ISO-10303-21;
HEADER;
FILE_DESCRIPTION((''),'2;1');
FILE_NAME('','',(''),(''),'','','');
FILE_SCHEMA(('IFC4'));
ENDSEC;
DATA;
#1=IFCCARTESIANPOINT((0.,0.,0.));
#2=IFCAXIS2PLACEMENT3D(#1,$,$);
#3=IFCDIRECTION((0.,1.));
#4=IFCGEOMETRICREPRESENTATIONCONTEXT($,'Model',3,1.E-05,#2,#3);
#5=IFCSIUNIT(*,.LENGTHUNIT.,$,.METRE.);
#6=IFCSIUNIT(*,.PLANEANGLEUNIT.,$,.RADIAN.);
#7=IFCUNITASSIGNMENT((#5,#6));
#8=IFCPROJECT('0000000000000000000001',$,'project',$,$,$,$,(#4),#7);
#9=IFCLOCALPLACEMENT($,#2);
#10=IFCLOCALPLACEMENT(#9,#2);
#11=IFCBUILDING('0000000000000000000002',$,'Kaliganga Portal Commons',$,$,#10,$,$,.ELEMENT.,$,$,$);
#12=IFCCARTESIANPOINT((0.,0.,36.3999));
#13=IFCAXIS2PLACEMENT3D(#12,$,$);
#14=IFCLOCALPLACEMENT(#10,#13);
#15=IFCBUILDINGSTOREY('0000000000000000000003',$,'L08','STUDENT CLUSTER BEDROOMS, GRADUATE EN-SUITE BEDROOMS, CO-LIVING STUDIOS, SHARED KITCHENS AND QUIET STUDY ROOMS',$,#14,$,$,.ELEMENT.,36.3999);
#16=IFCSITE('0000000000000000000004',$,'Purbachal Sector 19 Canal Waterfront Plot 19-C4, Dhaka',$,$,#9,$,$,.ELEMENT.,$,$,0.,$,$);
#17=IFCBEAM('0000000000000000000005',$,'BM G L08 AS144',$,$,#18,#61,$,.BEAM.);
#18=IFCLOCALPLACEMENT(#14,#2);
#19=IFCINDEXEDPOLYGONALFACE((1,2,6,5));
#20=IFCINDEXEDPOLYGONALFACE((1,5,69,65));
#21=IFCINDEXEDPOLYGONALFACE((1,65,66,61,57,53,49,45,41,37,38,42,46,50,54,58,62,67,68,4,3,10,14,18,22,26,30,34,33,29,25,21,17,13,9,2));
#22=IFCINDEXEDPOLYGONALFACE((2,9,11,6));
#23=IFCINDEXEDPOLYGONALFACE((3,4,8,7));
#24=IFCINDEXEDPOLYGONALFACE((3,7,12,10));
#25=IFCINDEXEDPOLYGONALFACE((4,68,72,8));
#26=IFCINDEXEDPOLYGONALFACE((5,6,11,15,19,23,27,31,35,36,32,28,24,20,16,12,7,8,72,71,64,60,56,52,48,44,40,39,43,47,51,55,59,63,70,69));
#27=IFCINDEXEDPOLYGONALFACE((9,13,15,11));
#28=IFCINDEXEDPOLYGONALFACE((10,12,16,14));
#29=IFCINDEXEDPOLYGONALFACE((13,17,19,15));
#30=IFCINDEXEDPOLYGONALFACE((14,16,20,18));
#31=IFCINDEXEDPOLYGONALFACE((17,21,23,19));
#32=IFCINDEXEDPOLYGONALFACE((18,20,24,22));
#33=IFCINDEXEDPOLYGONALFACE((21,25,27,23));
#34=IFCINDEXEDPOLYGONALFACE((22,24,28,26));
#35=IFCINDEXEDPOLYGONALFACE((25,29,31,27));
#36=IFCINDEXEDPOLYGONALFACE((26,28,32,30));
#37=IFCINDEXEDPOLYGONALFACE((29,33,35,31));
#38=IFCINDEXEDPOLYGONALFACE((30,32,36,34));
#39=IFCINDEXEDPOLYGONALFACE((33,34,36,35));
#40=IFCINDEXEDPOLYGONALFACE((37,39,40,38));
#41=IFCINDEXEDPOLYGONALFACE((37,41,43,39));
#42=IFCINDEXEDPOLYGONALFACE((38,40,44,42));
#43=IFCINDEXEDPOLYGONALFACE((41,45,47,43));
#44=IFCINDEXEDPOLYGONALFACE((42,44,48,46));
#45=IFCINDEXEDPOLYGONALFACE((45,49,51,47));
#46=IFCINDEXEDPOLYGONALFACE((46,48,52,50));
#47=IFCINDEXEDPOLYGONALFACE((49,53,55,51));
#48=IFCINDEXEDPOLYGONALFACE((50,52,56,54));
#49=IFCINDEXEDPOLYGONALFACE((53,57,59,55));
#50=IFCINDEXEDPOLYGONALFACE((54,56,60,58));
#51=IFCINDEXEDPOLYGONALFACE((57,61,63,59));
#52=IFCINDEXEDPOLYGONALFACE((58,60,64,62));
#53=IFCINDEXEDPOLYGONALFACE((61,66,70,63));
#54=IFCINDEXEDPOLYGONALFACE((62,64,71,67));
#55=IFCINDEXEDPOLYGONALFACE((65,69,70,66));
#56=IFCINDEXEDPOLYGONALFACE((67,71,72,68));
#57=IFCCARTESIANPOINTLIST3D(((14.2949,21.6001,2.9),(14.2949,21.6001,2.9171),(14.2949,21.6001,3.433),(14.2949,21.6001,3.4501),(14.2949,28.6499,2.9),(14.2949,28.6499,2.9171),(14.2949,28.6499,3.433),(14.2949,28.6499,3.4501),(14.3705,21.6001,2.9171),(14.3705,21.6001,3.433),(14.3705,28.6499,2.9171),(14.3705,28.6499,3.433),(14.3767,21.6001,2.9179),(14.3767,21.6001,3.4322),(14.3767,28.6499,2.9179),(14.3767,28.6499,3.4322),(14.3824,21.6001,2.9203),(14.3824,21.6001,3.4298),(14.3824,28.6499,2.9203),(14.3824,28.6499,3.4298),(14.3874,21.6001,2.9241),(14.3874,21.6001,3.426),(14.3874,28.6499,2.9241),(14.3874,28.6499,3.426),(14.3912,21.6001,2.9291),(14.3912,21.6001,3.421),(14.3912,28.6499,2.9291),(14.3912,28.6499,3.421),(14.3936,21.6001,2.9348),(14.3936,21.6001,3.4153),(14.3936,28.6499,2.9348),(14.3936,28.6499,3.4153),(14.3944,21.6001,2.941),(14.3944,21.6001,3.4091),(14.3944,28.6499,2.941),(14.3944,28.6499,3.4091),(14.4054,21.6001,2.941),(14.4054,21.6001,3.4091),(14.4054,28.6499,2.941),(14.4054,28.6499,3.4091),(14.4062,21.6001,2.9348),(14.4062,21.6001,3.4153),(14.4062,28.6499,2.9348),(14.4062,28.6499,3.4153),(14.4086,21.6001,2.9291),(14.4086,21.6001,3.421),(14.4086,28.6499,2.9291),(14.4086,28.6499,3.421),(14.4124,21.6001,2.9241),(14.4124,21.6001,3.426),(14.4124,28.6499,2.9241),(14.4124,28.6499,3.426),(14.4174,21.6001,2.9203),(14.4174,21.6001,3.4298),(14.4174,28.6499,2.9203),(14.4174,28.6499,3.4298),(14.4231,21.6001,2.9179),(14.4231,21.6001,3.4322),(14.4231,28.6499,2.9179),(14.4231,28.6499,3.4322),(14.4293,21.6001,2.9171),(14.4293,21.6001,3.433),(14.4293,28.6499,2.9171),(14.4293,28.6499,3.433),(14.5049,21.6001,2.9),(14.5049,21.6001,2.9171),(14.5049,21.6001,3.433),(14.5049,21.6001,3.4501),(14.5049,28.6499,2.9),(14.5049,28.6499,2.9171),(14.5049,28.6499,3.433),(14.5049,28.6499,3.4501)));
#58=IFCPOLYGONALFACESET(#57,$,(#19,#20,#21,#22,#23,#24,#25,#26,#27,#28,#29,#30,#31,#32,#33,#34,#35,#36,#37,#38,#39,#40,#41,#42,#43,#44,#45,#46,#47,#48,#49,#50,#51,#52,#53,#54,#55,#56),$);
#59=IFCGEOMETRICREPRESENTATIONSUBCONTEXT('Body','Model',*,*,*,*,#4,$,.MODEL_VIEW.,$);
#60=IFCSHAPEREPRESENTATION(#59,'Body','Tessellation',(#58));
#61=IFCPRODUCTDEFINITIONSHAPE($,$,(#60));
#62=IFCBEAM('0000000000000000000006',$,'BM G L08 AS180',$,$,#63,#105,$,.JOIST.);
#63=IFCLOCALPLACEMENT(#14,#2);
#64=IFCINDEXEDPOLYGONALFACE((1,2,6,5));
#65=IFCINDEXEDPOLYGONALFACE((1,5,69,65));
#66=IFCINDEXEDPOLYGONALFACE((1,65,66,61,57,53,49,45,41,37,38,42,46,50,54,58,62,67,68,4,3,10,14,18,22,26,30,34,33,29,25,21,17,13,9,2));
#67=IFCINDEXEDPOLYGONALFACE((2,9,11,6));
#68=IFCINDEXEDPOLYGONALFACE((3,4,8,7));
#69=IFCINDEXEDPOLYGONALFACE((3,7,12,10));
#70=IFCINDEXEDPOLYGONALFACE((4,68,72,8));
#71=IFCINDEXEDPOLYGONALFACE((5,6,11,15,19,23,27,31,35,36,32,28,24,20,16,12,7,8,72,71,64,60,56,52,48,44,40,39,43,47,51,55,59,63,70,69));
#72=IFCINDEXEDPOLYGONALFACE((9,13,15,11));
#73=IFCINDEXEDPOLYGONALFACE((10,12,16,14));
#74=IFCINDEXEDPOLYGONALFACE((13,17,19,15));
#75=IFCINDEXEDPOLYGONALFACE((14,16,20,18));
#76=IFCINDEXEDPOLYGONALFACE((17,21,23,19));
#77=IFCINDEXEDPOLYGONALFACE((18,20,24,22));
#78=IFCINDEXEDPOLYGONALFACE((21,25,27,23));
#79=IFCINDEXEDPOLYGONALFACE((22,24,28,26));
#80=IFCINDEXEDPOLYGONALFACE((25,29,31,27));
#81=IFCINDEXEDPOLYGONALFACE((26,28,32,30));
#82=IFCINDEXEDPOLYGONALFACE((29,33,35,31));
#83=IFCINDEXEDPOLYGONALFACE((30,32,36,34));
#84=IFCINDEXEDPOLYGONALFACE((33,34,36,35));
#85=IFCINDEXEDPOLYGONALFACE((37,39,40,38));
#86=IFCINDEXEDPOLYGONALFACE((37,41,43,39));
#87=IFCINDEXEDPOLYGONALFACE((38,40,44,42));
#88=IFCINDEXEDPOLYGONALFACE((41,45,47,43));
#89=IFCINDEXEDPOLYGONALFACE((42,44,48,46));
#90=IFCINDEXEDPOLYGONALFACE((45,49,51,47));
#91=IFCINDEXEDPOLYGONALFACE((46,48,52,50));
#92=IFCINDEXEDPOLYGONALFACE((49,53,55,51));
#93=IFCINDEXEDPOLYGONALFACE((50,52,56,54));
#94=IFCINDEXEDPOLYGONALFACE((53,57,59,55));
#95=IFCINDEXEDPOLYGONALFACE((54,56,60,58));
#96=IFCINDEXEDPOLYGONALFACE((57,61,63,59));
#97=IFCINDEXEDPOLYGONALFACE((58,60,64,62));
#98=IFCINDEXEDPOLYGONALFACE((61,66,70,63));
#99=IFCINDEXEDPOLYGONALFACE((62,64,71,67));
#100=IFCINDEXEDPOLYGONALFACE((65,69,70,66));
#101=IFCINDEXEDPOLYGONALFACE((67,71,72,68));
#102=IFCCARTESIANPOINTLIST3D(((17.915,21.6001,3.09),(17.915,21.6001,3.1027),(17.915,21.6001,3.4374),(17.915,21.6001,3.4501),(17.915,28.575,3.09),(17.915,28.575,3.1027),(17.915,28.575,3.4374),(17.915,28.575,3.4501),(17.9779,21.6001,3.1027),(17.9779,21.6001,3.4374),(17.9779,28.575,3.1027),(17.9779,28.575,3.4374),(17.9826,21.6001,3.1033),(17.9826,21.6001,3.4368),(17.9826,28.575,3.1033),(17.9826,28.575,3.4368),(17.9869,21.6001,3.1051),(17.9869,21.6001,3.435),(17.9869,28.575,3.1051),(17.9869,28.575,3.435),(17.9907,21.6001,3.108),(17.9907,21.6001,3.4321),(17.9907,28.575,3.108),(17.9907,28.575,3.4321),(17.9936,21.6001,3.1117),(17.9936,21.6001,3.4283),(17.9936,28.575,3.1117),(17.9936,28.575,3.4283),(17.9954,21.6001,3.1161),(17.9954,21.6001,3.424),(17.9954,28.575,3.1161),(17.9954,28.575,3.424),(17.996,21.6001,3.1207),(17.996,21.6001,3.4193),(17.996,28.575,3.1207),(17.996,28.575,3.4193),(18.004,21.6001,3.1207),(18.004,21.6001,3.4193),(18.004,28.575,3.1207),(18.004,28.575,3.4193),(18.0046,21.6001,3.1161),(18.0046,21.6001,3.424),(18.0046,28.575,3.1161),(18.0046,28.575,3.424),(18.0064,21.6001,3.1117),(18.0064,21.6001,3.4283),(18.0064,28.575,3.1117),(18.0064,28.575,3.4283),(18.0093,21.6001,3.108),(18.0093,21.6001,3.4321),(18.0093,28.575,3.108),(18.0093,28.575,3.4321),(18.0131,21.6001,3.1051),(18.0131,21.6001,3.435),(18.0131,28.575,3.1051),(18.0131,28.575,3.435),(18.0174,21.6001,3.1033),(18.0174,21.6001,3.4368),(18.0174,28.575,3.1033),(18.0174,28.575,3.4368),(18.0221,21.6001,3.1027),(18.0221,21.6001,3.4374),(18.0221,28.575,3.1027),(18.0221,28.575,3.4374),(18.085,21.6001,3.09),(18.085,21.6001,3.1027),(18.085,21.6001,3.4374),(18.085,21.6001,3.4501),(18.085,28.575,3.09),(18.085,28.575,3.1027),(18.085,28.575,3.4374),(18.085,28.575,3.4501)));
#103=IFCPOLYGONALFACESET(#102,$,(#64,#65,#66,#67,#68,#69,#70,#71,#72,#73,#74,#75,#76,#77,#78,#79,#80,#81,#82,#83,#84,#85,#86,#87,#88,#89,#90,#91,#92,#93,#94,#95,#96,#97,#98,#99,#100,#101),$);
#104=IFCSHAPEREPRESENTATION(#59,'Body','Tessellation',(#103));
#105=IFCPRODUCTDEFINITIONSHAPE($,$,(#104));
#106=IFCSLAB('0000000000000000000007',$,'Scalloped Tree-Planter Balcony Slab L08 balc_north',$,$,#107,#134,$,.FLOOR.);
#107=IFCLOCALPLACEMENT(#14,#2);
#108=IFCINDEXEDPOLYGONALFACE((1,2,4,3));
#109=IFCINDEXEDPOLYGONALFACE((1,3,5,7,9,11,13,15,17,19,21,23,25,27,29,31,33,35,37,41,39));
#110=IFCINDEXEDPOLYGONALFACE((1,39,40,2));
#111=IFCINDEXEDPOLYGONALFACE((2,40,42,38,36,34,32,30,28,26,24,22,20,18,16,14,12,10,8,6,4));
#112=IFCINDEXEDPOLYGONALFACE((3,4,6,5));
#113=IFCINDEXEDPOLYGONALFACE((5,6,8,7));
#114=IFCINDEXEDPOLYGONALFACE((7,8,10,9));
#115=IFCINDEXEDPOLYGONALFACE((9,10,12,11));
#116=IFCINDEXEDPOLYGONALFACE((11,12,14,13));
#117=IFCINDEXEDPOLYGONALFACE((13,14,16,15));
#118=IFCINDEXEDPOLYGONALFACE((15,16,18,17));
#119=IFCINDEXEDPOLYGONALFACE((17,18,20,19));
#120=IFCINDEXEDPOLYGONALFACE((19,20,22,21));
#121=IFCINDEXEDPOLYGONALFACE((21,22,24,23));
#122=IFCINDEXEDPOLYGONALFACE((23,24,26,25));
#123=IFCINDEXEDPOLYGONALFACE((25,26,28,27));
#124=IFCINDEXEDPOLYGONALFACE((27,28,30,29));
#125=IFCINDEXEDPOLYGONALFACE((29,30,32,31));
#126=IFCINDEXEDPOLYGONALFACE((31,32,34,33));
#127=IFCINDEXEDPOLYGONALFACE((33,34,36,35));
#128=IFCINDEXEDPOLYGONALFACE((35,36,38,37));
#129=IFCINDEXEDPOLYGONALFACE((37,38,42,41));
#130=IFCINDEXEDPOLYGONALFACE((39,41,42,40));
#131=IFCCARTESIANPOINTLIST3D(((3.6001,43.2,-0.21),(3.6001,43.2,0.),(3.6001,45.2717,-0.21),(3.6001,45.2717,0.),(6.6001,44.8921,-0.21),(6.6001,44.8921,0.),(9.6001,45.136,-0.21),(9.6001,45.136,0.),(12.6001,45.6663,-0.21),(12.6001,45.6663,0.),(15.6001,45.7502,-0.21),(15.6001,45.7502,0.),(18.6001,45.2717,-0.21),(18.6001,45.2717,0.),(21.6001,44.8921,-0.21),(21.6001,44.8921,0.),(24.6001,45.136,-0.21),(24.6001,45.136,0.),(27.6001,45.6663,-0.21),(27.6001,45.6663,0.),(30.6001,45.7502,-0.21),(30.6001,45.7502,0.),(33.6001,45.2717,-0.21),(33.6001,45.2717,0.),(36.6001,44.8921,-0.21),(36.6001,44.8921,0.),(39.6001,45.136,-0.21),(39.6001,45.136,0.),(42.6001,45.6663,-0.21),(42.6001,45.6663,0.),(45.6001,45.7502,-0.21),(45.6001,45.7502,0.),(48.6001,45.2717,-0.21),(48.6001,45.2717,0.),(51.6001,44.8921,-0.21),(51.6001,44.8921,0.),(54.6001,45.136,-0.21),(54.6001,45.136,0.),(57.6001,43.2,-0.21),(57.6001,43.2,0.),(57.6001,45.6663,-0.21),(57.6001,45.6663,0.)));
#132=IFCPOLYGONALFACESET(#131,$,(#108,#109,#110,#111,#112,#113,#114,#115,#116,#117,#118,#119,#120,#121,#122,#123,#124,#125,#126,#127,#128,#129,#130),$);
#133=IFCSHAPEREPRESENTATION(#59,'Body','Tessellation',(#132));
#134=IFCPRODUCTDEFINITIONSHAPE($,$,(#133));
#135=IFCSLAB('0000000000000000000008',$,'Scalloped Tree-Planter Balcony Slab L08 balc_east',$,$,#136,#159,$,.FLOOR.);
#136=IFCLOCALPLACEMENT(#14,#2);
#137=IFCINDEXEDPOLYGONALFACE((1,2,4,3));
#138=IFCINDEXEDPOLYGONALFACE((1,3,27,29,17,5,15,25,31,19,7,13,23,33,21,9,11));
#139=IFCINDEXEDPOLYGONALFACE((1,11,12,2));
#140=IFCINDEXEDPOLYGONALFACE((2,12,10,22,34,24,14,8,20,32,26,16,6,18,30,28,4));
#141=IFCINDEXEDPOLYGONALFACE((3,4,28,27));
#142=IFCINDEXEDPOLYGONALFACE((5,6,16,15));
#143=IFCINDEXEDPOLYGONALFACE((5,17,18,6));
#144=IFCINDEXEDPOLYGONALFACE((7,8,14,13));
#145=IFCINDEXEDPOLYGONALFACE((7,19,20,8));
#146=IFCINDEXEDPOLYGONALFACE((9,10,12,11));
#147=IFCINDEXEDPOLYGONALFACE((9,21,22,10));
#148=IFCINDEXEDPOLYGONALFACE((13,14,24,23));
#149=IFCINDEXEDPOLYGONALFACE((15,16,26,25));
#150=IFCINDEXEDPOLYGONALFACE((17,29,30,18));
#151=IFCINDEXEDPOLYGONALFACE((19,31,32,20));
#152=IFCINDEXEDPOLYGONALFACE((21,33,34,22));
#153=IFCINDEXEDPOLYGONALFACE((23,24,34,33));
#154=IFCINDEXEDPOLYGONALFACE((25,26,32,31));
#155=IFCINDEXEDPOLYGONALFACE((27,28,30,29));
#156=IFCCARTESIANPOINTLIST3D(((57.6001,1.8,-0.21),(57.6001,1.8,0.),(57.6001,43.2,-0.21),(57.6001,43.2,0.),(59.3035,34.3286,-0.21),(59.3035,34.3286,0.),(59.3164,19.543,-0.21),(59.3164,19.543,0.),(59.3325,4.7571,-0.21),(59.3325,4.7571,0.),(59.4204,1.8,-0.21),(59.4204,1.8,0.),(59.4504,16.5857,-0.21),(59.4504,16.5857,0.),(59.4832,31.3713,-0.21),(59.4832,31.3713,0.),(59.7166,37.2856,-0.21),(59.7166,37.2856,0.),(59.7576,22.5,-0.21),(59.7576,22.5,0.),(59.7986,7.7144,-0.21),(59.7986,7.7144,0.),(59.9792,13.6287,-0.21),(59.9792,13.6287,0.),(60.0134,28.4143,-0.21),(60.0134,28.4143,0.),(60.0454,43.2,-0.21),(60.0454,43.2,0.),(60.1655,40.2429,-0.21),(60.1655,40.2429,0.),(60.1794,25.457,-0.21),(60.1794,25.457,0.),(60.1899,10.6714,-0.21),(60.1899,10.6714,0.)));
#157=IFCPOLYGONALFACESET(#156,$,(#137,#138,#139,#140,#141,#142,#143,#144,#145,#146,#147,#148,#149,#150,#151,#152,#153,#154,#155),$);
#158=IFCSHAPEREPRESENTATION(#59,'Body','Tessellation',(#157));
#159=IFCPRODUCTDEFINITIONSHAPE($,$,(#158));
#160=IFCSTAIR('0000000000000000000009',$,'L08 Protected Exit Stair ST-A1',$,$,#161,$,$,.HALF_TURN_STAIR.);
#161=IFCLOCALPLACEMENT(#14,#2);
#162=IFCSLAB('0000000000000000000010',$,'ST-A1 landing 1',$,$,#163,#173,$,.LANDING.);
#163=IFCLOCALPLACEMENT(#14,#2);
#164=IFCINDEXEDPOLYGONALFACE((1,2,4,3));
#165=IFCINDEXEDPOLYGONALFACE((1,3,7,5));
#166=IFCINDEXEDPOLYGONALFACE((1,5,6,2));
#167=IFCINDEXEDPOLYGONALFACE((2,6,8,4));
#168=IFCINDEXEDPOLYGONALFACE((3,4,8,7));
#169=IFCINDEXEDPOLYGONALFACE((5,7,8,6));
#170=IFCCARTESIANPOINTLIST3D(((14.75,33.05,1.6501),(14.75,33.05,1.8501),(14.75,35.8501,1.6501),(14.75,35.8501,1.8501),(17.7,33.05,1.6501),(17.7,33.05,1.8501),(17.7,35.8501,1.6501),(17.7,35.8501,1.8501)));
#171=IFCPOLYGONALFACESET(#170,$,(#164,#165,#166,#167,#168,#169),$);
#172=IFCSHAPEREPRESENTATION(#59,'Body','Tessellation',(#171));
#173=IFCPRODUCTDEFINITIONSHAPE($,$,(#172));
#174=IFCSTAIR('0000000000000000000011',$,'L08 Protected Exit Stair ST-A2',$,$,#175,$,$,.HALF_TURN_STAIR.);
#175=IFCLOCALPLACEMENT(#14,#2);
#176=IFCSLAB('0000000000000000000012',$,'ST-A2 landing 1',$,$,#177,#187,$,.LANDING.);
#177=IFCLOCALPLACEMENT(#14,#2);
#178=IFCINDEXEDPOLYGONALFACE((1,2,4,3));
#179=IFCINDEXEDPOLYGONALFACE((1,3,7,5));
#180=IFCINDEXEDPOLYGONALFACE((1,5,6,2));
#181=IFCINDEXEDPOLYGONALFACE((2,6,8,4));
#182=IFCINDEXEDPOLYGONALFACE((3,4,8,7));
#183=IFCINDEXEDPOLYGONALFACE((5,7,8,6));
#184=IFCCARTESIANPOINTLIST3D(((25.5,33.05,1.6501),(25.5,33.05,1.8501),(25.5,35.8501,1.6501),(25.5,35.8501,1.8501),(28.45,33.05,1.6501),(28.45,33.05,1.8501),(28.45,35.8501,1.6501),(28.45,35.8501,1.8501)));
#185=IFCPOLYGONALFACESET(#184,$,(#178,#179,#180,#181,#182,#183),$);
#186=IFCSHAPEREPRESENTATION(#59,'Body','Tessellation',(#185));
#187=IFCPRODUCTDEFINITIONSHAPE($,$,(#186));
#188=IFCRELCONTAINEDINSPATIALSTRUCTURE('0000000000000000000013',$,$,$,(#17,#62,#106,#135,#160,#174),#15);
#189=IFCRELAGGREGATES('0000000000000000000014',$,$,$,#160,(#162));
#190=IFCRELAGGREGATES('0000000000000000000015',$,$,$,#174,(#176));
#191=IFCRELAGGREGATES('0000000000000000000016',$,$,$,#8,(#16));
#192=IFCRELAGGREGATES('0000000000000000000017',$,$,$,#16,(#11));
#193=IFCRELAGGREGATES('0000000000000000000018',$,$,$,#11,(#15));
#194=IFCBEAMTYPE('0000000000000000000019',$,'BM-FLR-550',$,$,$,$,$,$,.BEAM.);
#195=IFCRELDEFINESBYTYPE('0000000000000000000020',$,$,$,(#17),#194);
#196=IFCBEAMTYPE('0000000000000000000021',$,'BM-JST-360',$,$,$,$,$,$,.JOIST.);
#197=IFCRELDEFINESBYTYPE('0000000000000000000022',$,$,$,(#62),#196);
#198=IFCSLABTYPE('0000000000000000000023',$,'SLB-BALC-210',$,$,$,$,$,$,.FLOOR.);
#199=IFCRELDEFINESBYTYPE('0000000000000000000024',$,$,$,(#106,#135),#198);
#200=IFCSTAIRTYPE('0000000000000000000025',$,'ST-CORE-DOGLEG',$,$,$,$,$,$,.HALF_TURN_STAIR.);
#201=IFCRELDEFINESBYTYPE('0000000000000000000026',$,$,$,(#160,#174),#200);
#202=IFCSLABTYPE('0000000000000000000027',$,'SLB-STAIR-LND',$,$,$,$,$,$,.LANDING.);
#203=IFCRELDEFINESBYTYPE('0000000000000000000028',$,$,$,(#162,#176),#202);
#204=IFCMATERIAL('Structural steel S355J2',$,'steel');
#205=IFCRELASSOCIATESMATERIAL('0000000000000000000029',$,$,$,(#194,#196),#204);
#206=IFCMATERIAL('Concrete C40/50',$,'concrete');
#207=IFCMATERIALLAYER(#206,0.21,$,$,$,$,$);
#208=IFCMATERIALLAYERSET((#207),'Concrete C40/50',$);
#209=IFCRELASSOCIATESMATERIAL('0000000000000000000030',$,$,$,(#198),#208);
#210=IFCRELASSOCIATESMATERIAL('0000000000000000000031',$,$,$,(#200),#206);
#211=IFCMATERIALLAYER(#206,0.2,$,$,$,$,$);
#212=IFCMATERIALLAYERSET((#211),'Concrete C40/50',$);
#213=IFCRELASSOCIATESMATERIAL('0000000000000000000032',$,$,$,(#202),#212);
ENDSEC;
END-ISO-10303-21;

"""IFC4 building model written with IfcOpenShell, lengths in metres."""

from ifc_helpers import new_model, si_unit, direction, frame, origin, origin_2d, place, context, subcontext, project, spatial, polyline, i_section, outline, extrude, source, transform, mapped, material, layer, layer_set, material_profile, profile_set, type_object, element, aggregate, save


model = new_model("IFC4")

# Units and contexts
model_context = context("Model", 3, precision=1e-05, world=origin(), true_north=direction((0.0, 1.0)))
body_context = subcontext(model_context, "Body", "Model", "MODEL_VIEW")
ifc_project = project(units=[si_unit("LENGTHUNIT", "METRE"), si_unit("PLANEANGLEUNIT", "RADIAN")], contexts=[model_context])

# Site, building, storey
site_placement = place(None, origin())
site = spatial("IfcSite", under=ifc_project, at=site_placement, Name="Purbachal Sector 19 Canal Waterfront Plot 19-C4, Dhaka", CompositionType="ELEMENT", RefElevation=0.0)
building_placement = place(site_placement, origin())
building = spatial("IfcBuilding", under=site, at=building_placement, Name="Kaliganga Portal Commons", CompositionType="ELEMENT")
storey_placement = place(building_placement, frame((0.0, 0.0, 36.3999)))
storey = spatial("IfcBuildingStorey", under=building, at=storey_placement, Name="L08", Description="STUDENT CLUSTER BEDROOMS, GRADUATE EN-SUITE BEDROOMS, CO-LIVING STUDIOS, SHARED KITCHENS AND QUIET STUDY ROOMS", CompositionType="ELEMENT", Elevation=36.3999)

# Beams
ifc_material_1 = material(Name="Structural steel S355J2", Category="steel")
ifc_material_profile_1 = material_profile(ifc_material_1, i_section(OverallWidth=0.21, OverallDepth=0.55, WebThickness=0.011, FlangeThickness=0.0171, FilletRadius=0.0239, at=origin_2d()), Name="IPE 550")
ifc_profile_set_1 = profile_set([ifc_material_profile_1], Name="Structural steel S355J2 wide-flange")
beam_type_1 = type_object("IfcBeamType", Name="BM-FLR-550", PredefinedType="BEAM", material=ifc_profile_set_1)
shared_shape_1 = source(origin(), body_context, "Body", "SweptSolid", [
    extrude(i_section(OverallWidth=0.21, OverallDepth=0.55, WebThickness=0.011, FlangeThickness=0.0171, FilletRadius=0.0239, at=origin_2d()), origin(), (0.0, 0.0, 1.0), 7.0498),
])
beam_1_placement = place(storey_placement, frame((14.3999, 21.6001, 3.175), z_axis=(0.0, 1.0, 0.0), x_axis=(-1.0, 0.0, 0.0)))
element("IfcBeam", 1, at=beam_1_placement, inside=storey, type_object=beam_type_1, Name="BM G L08 AS144", PredefinedType="BEAM", context=body_context, shape_type="MappedRepresentation", body=[
    mapped(shared_shape_1, transform((0.0, 0.0, 0.0), x_axis=(1.0, 0.0, 0.0), y_axis=(0.0, 1.0, 0.0), z_axis=(0.0, 0.0, 1.0), scale=1.0)),
])
ifc_material_profile_2 = material_profile(ifc_material_1, i_section(OverallWidth=0.1699, OverallDepth=0.3601, WebThickness=0.0081, FlangeThickness=0.0127, FilletRadius=0.0181, at=origin_2d()), Name="IPE 360")
ifc_profile_set_2 = profile_set([ifc_material_profile_2], Name="Structural steel S355J2 wide-flange")
beam_type_2 = type_object("IfcBeamType", Name="BM-JST-360", PredefinedType="JOIST", material=ifc_profile_set_2)
shared_shape_2 = source(origin(), body_context, "Body", "SweptSolid", [
    extrude(i_section(OverallWidth=0.1699, OverallDepth=0.3601, WebThickness=0.0081, FlangeThickness=0.0127, FilletRadius=0.0181, at=origin_2d()), origin(), (0.0, 0.0, 1.0), 6.9749),
])
beam_2_placement = place(storey_placement, frame((18.0, 21.6001, 3.27), z_axis=(0.0, 1.0, 0.0), x_axis=(-1.0, 0.0, 0.0)))
element("IfcBeam", 2, at=beam_2_placement, inside=storey, type_object=beam_type_2, Name="BM G L08 AS180", PredefinedType="JOIST", context=body_context, shape_type="MappedRepresentation", body=[
    mapped(shared_shape_2, transform((0.0, 0.0, 0.0), x_axis=(1.0, 0.0, 0.0), y_axis=(0.0, 1.0, 0.0), z_axis=(0.0, 0.0, 1.0), scale=1.0)),
])

# Slabs
ifc_material_2 = material(Name="Concrete C40/50", Category="concrete")
ifc_layer_1 = layer(ifc_material_2, 0.21)
ifc_layer_set_1 = layer_set([ifc_layer_1], Name="Concrete C40/50")
slab_type_1 = type_object("IfcSlabType", Name="SLB-BALC-210", PredefinedType="FLOOR", material=ifc_layer_set_1)
slab_1_placement = place(storey_placement, frame((0.0, 0.0, -0.21)))
element("IfcSlab", 3, at=slab_1_placement, inside=storey, type_object=slab_type_1, Name="Scalloped Tree-Planter Balcony Slab L08 balc_north", PredefinedType="FLOOR", context=body_context, shape_type="SweptSolid", body=[
    extrude(outline(polyline([(57.6001, 43.2), (57.6001, 45.6663), (54.6001, 45.136), (51.6001, 44.8921), (48.6001, 45.2717), (45.6001, 45.7502), (42.6001, 45.6663), (39.6001, 45.136), (36.6001, 44.8921), (33.6001, 45.2717), (30.6001, 45.7502), (27.6001, 45.6663), (24.6001, 45.136), (21.6001, 44.8921), (18.6001, 45.2717), (15.6001, 45.7502), (12.6001, 45.6663), (9.6001, 45.136), (6.6001, 44.8921), (3.6001, 45.2717), (3.6001, 43.2), (57.6001, 43.2)])), origin(), (0.0, 0.0, 1.0), 0.21),
])
slab_2_placement = place(storey_placement, frame((0.0, 0.0, -0.21)))
element("IfcSlab", 4, at=slab_2_placement, inside=storey, type_object=slab_type_1, Name="Scalloped Tree-Planter Balcony Slab L08 balc_east", PredefinedType="FLOOR", context=body_context, shape_type="SweptSolid", body=[
    extrude(outline(polyline([(57.6001, 1.8), (59.4204, 1.8), (59.3325, 4.7571), (59.7986, 7.7144), (60.1899, 10.6714), (59.9792, 13.6287), (59.4504, 16.5857), (59.3164, 19.543), (59.7576, 22.5), (60.1794, 25.457), (60.0134, 28.4143), (59.4832, 31.3713), (59.3035, 34.3286), (59.7166, 37.2856), (60.1655, 40.2429), (60.0454, 43.2), (57.6001, 43.2), (57.6001, 1.8)])), origin(), (0.0, 0.0, 1.0), 0.21),
])

# Stairs, slabs
stair_type = type_object("IfcStairType", Name="ST-CORE-DOGLEG", PredefinedType="HALF_TURN_STAIR", material=ifc_material_2)
stair_1_placement = place(storey_placement, origin())
stair_1 = element("IfcStair", 5, at=stair_1_placement, inside=storey, type_object=stair_type, Name="L08 Protected Exit Stair ST-A1", PredefinedType="HALF_TURN_STAIR")
ifc_layer_2 = layer(ifc_material_2, 0.2)
ifc_layer_set_2 = layer_set([ifc_layer_2], Name="Concrete C40/50")
slab_type_2 = type_object("IfcSlabType", Name="SLB-STAIR-LND", PredefinedType="LANDING", material=ifc_layer_set_2)
slab_3_placement = place(storey_placement, frame((0.0, 0.0, 1.6501)))
slab_3 = element("IfcSlab", 6, at=slab_3_placement, type_object=slab_type_2, Name="ST-A1 landing 1", PredefinedType="LANDING", context=body_context, shape_type="SweptSolid", body=[
    extrude(outline(polyline([(17.7, 33.05), (17.7, 35.8501), (14.75, 35.8501), (14.75, 33.05), (17.7, 33.05)])), origin(), (0.0, 0.0, 1.0), 0.2),
])
aggregate(stair_1, [slab_3])
stair_2_placement = place(storey_placement, origin())
stair_2 = element("IfcStair", 7, at=stair_2_placement, inside=storey, type_object=stair_type, Name="L08 Protected Exit Stair ST-A2", PredefinedType="HALF_TURN_STAIR")
slab_4_placement = place(storey_placement, frame((0.0, 0.0, 1.6501)))
slab_4 = element("IfcSlab", 8, at=slab_4_placement, type_object=slab_type_2, Name="ST-A2 landing 1", PredefinedType="LANDING", context=body_context, shape_type="SweptSolid", body=[
    extrude(outline(polyline([(28.45, 33.05), (28.45, 35.8501), (25.5, 35.8501), (25.5, 33.05), (28.45, 33.05)])), origin(), (0.0, 0.0, 1.0), 0.2),
])
aggregate(stair_2, [slab_4])

save(model, "model.ifc")
